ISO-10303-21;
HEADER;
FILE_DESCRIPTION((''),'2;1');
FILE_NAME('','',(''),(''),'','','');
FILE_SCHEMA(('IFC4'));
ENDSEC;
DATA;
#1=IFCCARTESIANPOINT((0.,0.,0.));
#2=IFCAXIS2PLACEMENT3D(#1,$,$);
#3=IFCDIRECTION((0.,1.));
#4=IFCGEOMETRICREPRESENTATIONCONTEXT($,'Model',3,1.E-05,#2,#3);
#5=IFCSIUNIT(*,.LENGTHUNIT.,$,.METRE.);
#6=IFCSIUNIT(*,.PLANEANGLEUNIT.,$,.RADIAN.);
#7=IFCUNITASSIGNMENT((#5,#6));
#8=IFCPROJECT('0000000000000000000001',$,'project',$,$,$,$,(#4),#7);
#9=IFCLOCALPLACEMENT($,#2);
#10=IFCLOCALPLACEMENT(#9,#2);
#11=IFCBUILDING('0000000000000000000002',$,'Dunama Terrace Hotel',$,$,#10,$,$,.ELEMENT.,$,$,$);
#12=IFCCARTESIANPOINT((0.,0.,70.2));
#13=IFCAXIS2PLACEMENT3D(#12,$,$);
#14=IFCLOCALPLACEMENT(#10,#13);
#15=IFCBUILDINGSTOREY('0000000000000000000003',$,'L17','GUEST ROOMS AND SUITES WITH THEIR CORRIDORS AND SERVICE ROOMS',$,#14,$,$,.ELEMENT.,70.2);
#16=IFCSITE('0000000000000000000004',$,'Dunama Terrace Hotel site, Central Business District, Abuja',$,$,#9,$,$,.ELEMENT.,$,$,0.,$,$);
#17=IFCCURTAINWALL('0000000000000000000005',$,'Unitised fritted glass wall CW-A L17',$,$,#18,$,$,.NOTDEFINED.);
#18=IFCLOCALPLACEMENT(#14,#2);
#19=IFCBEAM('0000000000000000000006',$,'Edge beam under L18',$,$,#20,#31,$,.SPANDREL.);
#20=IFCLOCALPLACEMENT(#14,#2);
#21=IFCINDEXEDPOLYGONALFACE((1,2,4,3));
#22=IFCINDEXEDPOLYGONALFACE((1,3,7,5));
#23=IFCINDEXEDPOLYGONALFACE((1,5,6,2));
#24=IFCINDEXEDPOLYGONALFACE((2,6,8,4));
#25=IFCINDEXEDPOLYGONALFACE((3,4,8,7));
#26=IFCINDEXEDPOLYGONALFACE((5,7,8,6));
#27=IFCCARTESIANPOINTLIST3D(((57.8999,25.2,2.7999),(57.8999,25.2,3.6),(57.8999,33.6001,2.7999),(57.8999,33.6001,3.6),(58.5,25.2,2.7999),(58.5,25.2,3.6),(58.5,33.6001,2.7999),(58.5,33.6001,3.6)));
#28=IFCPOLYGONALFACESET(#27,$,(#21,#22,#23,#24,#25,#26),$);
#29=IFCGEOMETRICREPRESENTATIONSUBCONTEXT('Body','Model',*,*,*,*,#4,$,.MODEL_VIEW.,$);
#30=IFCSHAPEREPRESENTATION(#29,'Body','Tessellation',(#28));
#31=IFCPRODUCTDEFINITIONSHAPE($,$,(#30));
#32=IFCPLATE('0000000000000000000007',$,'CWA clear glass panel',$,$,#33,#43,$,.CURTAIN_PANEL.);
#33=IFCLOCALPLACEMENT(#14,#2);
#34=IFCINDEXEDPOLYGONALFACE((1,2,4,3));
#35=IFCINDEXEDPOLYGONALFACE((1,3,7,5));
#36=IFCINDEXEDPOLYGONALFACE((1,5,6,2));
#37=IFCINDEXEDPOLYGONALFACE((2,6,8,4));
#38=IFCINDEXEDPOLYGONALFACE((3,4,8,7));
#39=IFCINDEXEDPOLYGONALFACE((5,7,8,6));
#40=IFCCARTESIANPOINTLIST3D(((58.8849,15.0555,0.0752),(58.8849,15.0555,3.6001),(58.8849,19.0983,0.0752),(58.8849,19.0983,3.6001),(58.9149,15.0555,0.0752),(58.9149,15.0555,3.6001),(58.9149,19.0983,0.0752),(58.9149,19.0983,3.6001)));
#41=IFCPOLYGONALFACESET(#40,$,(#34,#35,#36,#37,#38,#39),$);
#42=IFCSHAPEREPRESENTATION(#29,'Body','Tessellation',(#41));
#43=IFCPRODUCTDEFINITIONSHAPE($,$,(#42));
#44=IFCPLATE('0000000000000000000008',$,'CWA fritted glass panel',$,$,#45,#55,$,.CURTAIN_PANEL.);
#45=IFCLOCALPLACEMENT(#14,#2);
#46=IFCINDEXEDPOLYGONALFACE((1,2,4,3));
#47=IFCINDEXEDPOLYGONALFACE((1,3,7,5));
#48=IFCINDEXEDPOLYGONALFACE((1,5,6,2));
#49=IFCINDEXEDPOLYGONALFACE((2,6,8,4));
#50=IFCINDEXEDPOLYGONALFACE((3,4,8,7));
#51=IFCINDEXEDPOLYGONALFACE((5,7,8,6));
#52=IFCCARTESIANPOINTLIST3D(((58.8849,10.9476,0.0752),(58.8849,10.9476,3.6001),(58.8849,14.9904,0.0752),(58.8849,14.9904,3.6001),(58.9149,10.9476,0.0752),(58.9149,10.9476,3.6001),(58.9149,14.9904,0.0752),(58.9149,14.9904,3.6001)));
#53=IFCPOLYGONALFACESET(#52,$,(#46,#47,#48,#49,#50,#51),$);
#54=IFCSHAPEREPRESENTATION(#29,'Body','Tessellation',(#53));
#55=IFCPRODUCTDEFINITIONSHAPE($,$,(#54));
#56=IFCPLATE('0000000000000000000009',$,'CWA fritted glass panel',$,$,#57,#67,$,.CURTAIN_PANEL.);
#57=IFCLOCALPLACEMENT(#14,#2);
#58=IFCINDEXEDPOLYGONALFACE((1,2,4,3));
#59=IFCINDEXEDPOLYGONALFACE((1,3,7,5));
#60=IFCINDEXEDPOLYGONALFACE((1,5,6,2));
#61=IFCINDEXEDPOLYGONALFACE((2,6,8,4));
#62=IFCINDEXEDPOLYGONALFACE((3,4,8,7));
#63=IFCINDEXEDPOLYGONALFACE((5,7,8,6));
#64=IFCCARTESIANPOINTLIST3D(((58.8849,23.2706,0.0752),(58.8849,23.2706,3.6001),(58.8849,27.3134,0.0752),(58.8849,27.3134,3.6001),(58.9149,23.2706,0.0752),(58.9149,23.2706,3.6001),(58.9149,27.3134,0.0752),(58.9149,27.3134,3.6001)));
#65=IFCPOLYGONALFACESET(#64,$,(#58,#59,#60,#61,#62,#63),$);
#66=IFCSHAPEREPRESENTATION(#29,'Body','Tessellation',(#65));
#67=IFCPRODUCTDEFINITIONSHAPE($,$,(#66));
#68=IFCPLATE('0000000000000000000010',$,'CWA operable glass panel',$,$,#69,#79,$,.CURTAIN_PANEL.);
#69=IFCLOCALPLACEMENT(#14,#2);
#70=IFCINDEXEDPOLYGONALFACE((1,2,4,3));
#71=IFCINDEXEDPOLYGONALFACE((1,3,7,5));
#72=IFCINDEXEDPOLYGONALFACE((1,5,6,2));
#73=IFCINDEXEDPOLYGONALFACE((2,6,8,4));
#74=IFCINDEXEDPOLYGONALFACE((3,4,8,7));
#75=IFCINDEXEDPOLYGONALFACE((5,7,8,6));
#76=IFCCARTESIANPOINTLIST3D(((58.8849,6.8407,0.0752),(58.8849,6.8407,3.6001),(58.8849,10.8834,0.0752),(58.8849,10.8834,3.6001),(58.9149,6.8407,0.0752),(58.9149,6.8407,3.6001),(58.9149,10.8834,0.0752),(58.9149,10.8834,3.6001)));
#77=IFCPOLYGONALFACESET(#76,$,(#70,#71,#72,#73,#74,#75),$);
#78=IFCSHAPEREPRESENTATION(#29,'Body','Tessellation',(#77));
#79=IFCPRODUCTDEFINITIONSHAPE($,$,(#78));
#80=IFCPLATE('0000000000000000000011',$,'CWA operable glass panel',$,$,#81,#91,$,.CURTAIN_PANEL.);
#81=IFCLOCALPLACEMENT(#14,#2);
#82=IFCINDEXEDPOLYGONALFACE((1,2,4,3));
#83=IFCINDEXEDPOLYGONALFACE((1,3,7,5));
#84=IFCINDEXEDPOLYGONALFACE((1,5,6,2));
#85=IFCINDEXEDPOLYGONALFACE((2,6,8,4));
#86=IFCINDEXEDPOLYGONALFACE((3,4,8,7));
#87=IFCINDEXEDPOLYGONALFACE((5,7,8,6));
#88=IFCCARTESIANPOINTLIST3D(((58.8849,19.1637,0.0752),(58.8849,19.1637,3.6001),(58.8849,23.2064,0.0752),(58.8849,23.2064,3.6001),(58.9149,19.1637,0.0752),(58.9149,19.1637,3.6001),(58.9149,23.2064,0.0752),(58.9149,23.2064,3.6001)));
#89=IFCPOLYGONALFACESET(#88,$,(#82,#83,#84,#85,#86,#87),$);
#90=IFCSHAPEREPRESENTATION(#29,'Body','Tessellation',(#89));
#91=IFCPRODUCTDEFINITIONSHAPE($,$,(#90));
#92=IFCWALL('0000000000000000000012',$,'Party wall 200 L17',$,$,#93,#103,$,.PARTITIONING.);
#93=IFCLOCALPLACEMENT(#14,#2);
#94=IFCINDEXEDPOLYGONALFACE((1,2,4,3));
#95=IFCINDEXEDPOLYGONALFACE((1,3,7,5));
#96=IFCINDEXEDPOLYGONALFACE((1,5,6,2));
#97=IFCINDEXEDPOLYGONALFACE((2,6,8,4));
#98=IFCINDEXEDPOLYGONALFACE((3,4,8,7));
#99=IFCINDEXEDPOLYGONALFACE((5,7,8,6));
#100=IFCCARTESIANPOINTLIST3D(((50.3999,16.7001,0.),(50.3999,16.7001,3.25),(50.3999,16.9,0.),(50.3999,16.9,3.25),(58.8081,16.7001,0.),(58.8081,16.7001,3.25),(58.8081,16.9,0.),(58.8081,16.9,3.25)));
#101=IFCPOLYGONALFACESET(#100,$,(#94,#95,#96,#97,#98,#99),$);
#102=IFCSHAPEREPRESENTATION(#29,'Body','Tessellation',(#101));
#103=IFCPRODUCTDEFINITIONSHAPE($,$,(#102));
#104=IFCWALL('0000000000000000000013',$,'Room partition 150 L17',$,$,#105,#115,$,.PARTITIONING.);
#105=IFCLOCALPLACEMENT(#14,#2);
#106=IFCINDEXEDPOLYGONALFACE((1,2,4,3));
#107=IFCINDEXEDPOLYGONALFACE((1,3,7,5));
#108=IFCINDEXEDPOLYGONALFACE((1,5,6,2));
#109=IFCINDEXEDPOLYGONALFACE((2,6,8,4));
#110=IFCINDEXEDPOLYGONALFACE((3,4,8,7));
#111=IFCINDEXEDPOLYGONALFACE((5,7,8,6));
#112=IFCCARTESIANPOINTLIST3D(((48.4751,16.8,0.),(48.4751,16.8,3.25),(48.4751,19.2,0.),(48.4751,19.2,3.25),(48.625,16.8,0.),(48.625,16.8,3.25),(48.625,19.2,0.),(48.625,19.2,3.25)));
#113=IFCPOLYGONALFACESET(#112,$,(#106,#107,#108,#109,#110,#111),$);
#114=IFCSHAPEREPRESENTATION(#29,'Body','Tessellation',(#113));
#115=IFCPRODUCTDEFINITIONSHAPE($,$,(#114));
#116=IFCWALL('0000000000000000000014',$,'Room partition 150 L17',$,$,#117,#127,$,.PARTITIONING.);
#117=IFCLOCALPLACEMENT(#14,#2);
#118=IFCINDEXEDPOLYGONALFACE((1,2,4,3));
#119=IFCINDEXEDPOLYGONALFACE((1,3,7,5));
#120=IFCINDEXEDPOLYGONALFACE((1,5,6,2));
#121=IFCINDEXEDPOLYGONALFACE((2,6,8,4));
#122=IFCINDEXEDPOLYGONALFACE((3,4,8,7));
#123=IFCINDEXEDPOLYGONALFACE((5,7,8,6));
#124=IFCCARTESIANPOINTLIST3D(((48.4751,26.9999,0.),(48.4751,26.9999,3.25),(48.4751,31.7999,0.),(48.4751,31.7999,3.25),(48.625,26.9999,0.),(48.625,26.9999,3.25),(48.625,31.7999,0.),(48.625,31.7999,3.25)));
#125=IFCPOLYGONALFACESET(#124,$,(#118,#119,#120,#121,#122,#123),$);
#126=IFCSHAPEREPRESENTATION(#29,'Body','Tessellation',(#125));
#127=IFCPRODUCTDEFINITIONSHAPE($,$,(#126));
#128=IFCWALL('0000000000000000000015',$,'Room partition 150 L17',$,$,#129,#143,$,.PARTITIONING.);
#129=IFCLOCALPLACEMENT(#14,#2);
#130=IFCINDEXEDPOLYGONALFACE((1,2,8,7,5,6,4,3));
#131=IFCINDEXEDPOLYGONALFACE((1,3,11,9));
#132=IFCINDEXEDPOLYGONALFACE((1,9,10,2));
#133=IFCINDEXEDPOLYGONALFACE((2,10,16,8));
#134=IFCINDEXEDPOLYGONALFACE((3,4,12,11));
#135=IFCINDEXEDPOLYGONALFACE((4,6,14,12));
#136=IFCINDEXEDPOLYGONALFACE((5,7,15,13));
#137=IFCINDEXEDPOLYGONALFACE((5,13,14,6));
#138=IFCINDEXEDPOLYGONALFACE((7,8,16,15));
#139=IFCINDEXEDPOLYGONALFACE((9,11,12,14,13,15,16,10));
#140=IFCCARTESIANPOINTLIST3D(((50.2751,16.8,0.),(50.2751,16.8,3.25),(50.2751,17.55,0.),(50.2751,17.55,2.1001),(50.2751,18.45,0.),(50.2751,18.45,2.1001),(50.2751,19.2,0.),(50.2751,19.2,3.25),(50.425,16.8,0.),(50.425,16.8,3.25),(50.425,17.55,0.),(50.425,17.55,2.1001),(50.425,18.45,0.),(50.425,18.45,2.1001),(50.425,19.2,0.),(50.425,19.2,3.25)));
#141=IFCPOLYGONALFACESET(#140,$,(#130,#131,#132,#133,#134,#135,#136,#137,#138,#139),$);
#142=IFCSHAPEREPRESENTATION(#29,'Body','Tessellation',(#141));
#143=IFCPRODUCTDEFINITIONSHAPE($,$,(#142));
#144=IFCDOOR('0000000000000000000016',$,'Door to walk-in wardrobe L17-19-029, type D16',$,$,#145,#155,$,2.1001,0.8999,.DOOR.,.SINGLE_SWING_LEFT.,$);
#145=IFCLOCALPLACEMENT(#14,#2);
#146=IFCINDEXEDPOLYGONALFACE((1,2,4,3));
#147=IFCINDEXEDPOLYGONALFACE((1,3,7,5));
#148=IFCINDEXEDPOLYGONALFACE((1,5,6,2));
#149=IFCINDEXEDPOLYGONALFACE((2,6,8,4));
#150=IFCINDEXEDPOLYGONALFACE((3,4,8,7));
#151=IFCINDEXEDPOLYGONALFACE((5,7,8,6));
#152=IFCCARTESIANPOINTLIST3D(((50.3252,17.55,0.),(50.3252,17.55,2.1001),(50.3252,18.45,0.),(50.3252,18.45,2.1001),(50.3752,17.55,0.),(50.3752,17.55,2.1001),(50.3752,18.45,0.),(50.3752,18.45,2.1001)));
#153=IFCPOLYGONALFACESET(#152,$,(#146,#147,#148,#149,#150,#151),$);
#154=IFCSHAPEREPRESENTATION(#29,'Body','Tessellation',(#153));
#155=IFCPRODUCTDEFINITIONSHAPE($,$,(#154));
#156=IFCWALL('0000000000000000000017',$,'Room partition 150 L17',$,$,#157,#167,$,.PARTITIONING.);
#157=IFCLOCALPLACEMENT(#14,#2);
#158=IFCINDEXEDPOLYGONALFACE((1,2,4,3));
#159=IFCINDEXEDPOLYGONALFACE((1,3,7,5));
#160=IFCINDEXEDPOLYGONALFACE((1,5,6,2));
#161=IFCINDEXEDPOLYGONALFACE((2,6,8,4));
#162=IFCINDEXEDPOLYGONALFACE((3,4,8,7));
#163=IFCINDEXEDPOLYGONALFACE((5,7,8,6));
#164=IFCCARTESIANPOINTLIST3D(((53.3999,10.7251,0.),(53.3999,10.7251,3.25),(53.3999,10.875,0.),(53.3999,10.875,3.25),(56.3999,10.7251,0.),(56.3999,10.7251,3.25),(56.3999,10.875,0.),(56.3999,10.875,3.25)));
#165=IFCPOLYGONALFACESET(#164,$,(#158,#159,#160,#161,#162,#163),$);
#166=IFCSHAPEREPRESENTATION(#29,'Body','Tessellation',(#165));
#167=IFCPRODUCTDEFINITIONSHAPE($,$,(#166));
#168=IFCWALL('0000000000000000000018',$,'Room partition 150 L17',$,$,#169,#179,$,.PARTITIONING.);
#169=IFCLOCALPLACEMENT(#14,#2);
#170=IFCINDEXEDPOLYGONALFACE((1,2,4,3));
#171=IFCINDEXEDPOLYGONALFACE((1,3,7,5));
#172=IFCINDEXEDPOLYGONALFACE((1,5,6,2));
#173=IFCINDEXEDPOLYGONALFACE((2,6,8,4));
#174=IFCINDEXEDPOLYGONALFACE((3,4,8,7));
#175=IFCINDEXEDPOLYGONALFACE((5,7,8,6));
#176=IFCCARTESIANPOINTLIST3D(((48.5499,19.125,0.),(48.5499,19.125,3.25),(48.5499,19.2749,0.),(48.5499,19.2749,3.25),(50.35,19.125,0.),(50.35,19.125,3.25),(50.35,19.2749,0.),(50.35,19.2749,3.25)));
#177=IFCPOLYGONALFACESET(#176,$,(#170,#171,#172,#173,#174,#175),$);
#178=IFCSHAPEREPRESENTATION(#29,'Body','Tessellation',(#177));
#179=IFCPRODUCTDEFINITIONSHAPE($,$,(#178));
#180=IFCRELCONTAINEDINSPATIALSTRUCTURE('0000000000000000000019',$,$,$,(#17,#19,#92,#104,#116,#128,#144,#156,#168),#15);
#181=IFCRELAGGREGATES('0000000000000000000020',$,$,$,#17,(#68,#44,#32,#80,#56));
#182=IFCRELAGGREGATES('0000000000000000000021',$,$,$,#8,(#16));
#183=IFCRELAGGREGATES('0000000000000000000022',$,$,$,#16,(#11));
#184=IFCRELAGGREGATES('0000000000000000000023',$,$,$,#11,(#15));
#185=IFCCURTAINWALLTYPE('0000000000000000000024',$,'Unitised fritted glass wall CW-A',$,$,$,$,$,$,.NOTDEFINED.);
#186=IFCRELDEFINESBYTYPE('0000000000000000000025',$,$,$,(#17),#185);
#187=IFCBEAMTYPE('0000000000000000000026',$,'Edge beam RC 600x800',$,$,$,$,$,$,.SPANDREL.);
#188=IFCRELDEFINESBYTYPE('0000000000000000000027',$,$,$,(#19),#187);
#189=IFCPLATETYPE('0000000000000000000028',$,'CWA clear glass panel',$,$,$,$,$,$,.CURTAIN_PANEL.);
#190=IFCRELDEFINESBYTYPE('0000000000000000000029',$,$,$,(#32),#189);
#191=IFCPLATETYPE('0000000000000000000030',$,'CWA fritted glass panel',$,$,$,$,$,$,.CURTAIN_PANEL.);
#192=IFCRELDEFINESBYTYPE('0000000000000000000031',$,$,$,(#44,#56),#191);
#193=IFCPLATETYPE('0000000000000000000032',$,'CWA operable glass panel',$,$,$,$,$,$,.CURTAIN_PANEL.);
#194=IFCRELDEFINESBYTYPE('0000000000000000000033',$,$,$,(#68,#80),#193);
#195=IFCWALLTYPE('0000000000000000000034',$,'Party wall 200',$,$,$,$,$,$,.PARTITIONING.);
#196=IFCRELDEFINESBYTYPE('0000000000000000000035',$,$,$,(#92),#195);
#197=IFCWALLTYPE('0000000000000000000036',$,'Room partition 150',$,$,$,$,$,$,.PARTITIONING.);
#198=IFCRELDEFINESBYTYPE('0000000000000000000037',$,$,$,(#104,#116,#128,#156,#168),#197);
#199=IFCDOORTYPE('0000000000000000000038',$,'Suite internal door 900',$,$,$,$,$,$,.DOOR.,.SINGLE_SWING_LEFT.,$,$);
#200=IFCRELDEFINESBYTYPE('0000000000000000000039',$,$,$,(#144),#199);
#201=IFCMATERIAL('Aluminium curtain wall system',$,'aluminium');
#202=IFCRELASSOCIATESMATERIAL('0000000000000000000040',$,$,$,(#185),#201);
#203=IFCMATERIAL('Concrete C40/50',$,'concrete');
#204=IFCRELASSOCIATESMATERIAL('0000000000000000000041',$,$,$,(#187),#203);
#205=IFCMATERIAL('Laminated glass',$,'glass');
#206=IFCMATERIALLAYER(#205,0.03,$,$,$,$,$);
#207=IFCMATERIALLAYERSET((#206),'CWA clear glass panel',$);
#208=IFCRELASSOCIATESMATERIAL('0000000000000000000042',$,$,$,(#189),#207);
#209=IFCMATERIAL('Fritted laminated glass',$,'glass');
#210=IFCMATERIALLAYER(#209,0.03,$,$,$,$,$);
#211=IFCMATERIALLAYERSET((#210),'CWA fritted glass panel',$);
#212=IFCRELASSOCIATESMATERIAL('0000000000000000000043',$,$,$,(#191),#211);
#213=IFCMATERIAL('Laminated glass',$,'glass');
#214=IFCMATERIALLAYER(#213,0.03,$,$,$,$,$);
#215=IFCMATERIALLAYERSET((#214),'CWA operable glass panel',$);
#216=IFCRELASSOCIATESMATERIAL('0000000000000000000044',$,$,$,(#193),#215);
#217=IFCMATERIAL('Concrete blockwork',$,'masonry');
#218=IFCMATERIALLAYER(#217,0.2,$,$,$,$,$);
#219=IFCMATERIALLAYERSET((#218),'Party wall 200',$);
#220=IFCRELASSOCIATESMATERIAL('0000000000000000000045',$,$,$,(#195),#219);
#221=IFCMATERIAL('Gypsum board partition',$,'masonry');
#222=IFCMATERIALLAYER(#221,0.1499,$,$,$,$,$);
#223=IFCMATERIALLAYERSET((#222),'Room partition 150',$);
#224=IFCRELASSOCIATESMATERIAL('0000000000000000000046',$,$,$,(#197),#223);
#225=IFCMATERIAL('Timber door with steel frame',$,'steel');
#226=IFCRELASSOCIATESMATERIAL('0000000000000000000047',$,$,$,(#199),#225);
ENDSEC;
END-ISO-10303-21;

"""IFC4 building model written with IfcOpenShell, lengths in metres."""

from ifc_helpers import new_model, si_unit, direction, frame, frame_2d, origin, origin_2d, place, context, subcontext, project, spatial, rectangle, extrude, material, layer, layer_set, material_profile, profile_set, type_object, element, fill, aggregate, save


model = new_model("IFC4")

# Units and contexts
model_context = context("Model", 3, precision=1e-05, world=origin(), true_north=direction((0.0, 1.0)))
body_context = subcontext(model_context, "Body", "Model", "MODEL_VIEW")
ifc_project = project(units=[si_unit("LENGTHUNIT", "METRE"), si_unit("PLANEANGLEUNIT", "RADIAN")], contexts=[model_context])

# Site, building, storey
site_placement = place(None, origin())
site = spatial("IfcSite", under=ifc_project, at=site_placement, Name="Dunama Terrace Hotel site, Central Business District, Abuja", CompositionType="ELEMENT", RefElevation=0.0)
building_placement = place(site_placement, origin())
building = spatial("IfcBuilding", under=site, at=building_placement, Name="Dunama Terrace Hotel", CompositionType="ELEMENT")
storey_placement = place(building_placement, frame((0.0, 0.0, 70.2)))
storey = spatial("IfcBuildingStorey", under=building, at=storey_placement, Name="L17", Description="GUEST ROOMS AND SUITES WITH THEIR CORRIDORS AND SERVICE ROOMS", CompositionType="ELEMENT", Elevation=70.2)

# Curtain wall
ifc_material_1 = material(Name="Aluminium curtain wall system", Category="aluminium")
curtain_wall_type = type_object("IfcCurtainWallType", Name="Unitised fritted glass wall CW-A", PredefinedType="NOTDEFINED", material=ifc_material_1)
curtain_wall_placement = place(storey_placement, origin())
curtain_wall = element("IfcCurtainWall", 1, at=curtain_wall_placement, inside=storey, type_object=curtain_wall_type, Name="Unitised fritted glass wall CW-A L17", PredefinedType="NOTDEFINED")

# Beam
ifc_material_2 = material(Name="Concrete C40/50", Category="concrete")
ifc_material_profile_1 = material_profile(ifc_material_2, rectangle(XDim=0.6001, YDim=0.8, at=origin_2d()), Name="RC 600x800")
ifc_profile_set_1 = profile_set([ifc_material_profile_1], Name="Concrete C40/50")
beam_type = type_object("IfcBeamType", Name="Edge beam RC 600x800", PredefinedType="SPANDREL", material=ifc_profile_set_1)
beam_1_placement = place(storey_placement, frame((58.2, 25.2, 3.2), z_axis=(0.0, 1.0, 0.0), x_axis=(-1.0, 0.0, 0.0)))
element("IfcBeam", 2, at=beam_1_placement, inside=storey, type_object=beam_type, Name="Edge beam under L18", PredefinedType="SPANDREL", context=body_context, shape_type="SweptSolid", body=[
    extrude(rectangle(XDim=0.6001, YDim=0.8, at=origin_2d()), origin(), (0.0, 0.0, 1.0), 8.4001),
])

# Plates
ifc_material_3 = material(Name="Laminated glass", Category="glass")
ifc_layer_1 = layer(ifc_material_3, 0.03)
ifc_layer_set_1 = layer_set([ifc_layer_1], Name="CWA clear glass panel")
plate_type_1 = type_object("IfcPlateType", Name="CWA clear glass panel", PredefinedType="CURTAIN_PANEL", material=ifc_layer_set_1)
plate_1_placement = place(storey_placement, frame((58.8999, 17.0769, 0.0752), z_axis=(0.0, 0.0, 1.0), x_axis=(0.0, 1.0, 0.0)))
plate_1 = element("IfcPlate", 3, at=plate_1_placement, type_object=plate_type_1, Name="CWA clear glass panel", PredefinedType="CURTAIN_PANEL", context=body_context, shape_type="SweptSolid", body=[
    extrude(rectangle(XDim=4.0427, YDim=0.03, at=origin_2d()), origin(), (0.0, 0.0, 1.0), 3.5249),
])
ifc_material_4 = material(Name="Fritted laminated glass", Category="glass")
ifc_layer_2 = layer(ifc_material_4, 0.03)
ifc_layer_set_2 = layer_set([ifc_layer_2], Name="CWA fritted glass panel")
plate_type_2 = type_object("IfcPlateType", Name="CWA fritted glass panel", PredefinedType="CURTAIN_PANEL", material=ifc_layer_set_2)
plate_2_placement = place(storey_placement, frame((58.8999, 12.969, 0.0752), z_axis=(0.0, 0.0, 1.0), x_axis=(0.0, 1.0, 0.0)))
plate_2 = element("IfcPlate", 4, at=plate_2_placement, type_object=plate_type_2, Name="CWA fritted glass panel", PredefinedType="CURTAIN_PANEL", context=body_context, shape_type="SweptSolid", body=[
    extrude(rectangle(XDim=4.0427, YDim=0.03, at=origin_2d()), origin(), (0.0, 0.0, 1.0), 3.5249),
])
plate_3_placement = place(storey_placement, frame((58.8999, 25.292, 0.0752), z_axis=(0.0, 0.0, 1.0), x_axis=(0.0, 1.0, 0.0)))
plate_3 = element("IfcPlate", 5, at=plate_3_placement, type_object=plate_type_2, Name="CWA fritted glass panel", PredefinedType="CURTAIN_PANEL", context=body_context, shape_type="SweptSolid", body=[
    extrude(rectangle(XDim=4.0427, YDim=0.03, at=origin_2d()), origin(), (0.0, 0.0, 1.0), 3.5249),
])
ifc_material_5 = material(Name="Laminated glass", Category="glass")
ifc_layer_3 = layer(ifc_material_5, 0.03)
ifc_layer_set_3 = layer_set([ifc_layer_3], Name="CWA operable glass panel")
plate_type_3 = type_object("IfcPlateType", Name="CWA operable glass panel", PredefinedType="CURTAIN_PANEL", material=ifc_layer_set_3)
plate_4_placement = place(storey_placement, frame((58.8999, 8.8621, 0.0752), z_axis=(0.0, 0.0, 1.0), x_axis=(0.0, 1.0, 0.0)))
plate_4 = element("IfcPlate", 6, at=plate_4_placement, type_object=plate_type_3, Name="CWA operable glass panel", PredefinedType="CURTAIN_PANEL", context=body_context, shape_type="SweptSolid", body=[
    extrude(rectangle(XDim=4.0427, YDim=0.03, at=origin_2d()), origin(), (0.0, 0.0, 1.0), 3.5249),
])
plate_5_placement = place(storey_placement, frame((58.8999, 21.1851, 0.0752), z_axis=(0.0, 0.0, 1.0), x_axis=(0.0, 1.0, 0.0)))
plate_5 = element("IfcPlate", 7, at=plate_5_placement, type_object=plate_type_3, Name="CWA operable glass panel", PredefinedType="CURTAIN_PANEL", context=body_context, shape_type="SweptSolid", body=[
    extrude(rectangle(XDim=4.0427, YDim=0.03, at=origin_2d()), origin(), (0.0, 0.0, 1.0), 3.5249),
])
aggregate(curtain_wall, [plate_4, plate_2, plate_1, plate_5, plate_3])

# Walls
ifc_material_6 = material(Name="Concrete blockwork", Category="masonry")
ifc_layer_4 = layer(ifc_material_6, 0.2)
ifc_layer_set_4 = layer_set([ifc_layer_4], Name="Party wall 200")
wall_type_1 = type_object("IfcWallType", Name="Party wall 200", PredefinedType="PARTITIONING", material=ifc_layer_set_4)
wall_1_placement = place(storey_placement, frame((50.3999, 16.8, 0.0), z_axis=(0.0, 0.0, 1.0), x_axis=(1.0, 0.0, 0.0)))
element("IfcWall", 8, at=wall_1_placement, inside=storey, type_object=wall_type_1, Name="Party wall 200 L17", PredefinedType="PARTITIONING", context=body_context, shape_type="SweptSolid", body=[
    extrude(rectangle(XDim=8.4082, YDim=0.2, at=frame_2d((4.2041, 0.0))), origin(), (0.0, 0.0, 1.0), 3.25),
])
ifc_material_7 = material(Name="Gypsum board partition", Category="masonry")
ifc_layer_5 = layer(ifc_material_7, 0.1499)
ifc_layer_set_5 = layer_set([ifc_layer_5], Name="Room partition 150")
wall_type_2 = type_object("IfcWallType", Name="Room partition 150", PredefinedType="PARTITIONING", material=ifc_layer_set_5)
wall_2_placement = place(storey_placement, frame((48.55, 16.8, 0.0), z_axis=(0.0, 0.0, 1.0), x_axis=(0.0, 1.0, 0.0)))
element("IfcWall", 9, at=wall_2_placement, inside=storey, type_object=wall_type_2, Name="Room partition 150 L17", PredefinedType="PARTITIONING", context=body_context, shape_type="SweptSolid", body=[
    extrude(rectangle(XDim=2.3999, YDim=0.1499, at=frame_2d((1.2, 0.0))), origin(), (0.0, 0.0, 1.0), 3.25),
])
wall_3_placement = place(storey_placement, frame((48.55, 27.0, 0.0), z_axis=(0.0, 0.0, 1.0), x_axis=(0.0, 1.0, 0.0)))
element("IfcWall", 10, at=wall_3_placement, inside=storey, type_object=wall_type_2, Name="Room partition 150 L17", PredefinedType="PARTITIONING", context=body_context, shape_type="SweptSolid", body=[
    extrude(rectangle(XDim=4.8, YDim=0.1499, at=frame_2d((2.3999, 0.0))), origin(), (0.0, 0.0, 1.0), 3.25),
])

# Wall, opening, door
wall_4_placement = place(storey_placement, frame((50.3501, 16.8, 0.0), z_axis=(0.0, 0.0, 1.0), x_axis=(0.0, 1.0, 0.0)))
wall_4 = element("IfcWall", 11, at=wall_4_placement, inside=storey, type_object=wall_type_2, Name="Room partition 150 L17", PredefinedType="PARTITIONING", context=body_context, shape_type="SweptSolid", body=[
    extrude(rectangle(XDim=2.3999, YDim=0.1499, at=frame_2d((1.2, 0.0))), origin(), (0.0, 0.0, 1.0), 3.25),
])
opening_placement = place(wall_4_placement, frame((0.75, 0.0, 0.0)))
opening = element("IfcOpeningElement", 12, at=opening_placement, cuts=wall_4, PredefinedType="OPENING", context=body_context, shape_type="SweptSolid", body=[
    extrude(rectangle(XDim=0.8999, YDim=2.1001, at=frame_2d((0.45, 1.05))), frame((0.0, 0.085, 0.0), z_axis=(0.0, -1.0, 0.0), x_axis=(1.0, 0.0, 0.0)), (0.0, 0.0, 1.0), 0.1699),
])
ifc_material_8 = material(Name="Timber door with steel frame", Category="steel")
door_type = type_object("IfcDoorType", Name="Suite internal door 900", OperationType="SINGLE_SWING_LEFT", PredefinedType="DOOR", material=ifc_material_8)
door_placement = place(opening_placement, origin())
door = element("IfcDoor", 13, at=door_placement, inside=storey, type_object=door_type, Name="Door to walk-in wardrobe L17-19-029, type D16", OperationType="SINGLE_SWING_LEFT", OverallHeight=2.1001, OverallWidth=0.8999, PredefinedType="DOOR", context=body_context, shape_type="SweptSolid", body=[
    extrude(rectangle(XDim=0.8999, YDim=2.1001, at=frame_2d((0.45, 1.05))), frame((0.0, 0.0249, 0.0), z_axis=(0.0, -1.0, 0.0), x_axis=(1.0, 0.0, 0.0)), (0.0, 0.0, 1.0), 0.05),
])
fill(opening, door)

# Walls
wall_5_placement = place(storey_placement, frame((53.3999, 10.8, 0.0), z_axis=(0.0, 0.0, 1.0), x_axis=(1.0, 0.0, 0.0)))
element("IfcWall", 14, at=wall_5_placement, inside=storey, type_object=wall_type_2, Name="Room partition 150 L17", PredefinedType="PARTITIONING", context=body_context, shape_type="SweptSolid", body=[
    extrude(rectangle(XDim=3.0, YDim=0.1499, at=frame_2d((1.5, 0.0))), origin(), (0.0, 0.0, 1.0), 3.25),
])
wall_6_placement = place(storey_placement, frame((48.55, 19.2, 0.0), z_axis=(0.0, 0.0, 1.0), x_axis=(1.0, 0.0, 0.0)))
element("IfcWall", 15, at=wall_6_placement, inside=storey, type_object=wall_type_2, Name="Room partition 150 L17", PredefinedType="PARTITIONING", context=body_context, shape_type="SweptSolid", body=[
    extrude(rectangle(XDim=1.8, YDim=0.1499, at=frame_2d((0.8999, 0.0))), origin(), (0.0, 0.0, 1.0), 3.25),
])

save(model, "model.ifc")
